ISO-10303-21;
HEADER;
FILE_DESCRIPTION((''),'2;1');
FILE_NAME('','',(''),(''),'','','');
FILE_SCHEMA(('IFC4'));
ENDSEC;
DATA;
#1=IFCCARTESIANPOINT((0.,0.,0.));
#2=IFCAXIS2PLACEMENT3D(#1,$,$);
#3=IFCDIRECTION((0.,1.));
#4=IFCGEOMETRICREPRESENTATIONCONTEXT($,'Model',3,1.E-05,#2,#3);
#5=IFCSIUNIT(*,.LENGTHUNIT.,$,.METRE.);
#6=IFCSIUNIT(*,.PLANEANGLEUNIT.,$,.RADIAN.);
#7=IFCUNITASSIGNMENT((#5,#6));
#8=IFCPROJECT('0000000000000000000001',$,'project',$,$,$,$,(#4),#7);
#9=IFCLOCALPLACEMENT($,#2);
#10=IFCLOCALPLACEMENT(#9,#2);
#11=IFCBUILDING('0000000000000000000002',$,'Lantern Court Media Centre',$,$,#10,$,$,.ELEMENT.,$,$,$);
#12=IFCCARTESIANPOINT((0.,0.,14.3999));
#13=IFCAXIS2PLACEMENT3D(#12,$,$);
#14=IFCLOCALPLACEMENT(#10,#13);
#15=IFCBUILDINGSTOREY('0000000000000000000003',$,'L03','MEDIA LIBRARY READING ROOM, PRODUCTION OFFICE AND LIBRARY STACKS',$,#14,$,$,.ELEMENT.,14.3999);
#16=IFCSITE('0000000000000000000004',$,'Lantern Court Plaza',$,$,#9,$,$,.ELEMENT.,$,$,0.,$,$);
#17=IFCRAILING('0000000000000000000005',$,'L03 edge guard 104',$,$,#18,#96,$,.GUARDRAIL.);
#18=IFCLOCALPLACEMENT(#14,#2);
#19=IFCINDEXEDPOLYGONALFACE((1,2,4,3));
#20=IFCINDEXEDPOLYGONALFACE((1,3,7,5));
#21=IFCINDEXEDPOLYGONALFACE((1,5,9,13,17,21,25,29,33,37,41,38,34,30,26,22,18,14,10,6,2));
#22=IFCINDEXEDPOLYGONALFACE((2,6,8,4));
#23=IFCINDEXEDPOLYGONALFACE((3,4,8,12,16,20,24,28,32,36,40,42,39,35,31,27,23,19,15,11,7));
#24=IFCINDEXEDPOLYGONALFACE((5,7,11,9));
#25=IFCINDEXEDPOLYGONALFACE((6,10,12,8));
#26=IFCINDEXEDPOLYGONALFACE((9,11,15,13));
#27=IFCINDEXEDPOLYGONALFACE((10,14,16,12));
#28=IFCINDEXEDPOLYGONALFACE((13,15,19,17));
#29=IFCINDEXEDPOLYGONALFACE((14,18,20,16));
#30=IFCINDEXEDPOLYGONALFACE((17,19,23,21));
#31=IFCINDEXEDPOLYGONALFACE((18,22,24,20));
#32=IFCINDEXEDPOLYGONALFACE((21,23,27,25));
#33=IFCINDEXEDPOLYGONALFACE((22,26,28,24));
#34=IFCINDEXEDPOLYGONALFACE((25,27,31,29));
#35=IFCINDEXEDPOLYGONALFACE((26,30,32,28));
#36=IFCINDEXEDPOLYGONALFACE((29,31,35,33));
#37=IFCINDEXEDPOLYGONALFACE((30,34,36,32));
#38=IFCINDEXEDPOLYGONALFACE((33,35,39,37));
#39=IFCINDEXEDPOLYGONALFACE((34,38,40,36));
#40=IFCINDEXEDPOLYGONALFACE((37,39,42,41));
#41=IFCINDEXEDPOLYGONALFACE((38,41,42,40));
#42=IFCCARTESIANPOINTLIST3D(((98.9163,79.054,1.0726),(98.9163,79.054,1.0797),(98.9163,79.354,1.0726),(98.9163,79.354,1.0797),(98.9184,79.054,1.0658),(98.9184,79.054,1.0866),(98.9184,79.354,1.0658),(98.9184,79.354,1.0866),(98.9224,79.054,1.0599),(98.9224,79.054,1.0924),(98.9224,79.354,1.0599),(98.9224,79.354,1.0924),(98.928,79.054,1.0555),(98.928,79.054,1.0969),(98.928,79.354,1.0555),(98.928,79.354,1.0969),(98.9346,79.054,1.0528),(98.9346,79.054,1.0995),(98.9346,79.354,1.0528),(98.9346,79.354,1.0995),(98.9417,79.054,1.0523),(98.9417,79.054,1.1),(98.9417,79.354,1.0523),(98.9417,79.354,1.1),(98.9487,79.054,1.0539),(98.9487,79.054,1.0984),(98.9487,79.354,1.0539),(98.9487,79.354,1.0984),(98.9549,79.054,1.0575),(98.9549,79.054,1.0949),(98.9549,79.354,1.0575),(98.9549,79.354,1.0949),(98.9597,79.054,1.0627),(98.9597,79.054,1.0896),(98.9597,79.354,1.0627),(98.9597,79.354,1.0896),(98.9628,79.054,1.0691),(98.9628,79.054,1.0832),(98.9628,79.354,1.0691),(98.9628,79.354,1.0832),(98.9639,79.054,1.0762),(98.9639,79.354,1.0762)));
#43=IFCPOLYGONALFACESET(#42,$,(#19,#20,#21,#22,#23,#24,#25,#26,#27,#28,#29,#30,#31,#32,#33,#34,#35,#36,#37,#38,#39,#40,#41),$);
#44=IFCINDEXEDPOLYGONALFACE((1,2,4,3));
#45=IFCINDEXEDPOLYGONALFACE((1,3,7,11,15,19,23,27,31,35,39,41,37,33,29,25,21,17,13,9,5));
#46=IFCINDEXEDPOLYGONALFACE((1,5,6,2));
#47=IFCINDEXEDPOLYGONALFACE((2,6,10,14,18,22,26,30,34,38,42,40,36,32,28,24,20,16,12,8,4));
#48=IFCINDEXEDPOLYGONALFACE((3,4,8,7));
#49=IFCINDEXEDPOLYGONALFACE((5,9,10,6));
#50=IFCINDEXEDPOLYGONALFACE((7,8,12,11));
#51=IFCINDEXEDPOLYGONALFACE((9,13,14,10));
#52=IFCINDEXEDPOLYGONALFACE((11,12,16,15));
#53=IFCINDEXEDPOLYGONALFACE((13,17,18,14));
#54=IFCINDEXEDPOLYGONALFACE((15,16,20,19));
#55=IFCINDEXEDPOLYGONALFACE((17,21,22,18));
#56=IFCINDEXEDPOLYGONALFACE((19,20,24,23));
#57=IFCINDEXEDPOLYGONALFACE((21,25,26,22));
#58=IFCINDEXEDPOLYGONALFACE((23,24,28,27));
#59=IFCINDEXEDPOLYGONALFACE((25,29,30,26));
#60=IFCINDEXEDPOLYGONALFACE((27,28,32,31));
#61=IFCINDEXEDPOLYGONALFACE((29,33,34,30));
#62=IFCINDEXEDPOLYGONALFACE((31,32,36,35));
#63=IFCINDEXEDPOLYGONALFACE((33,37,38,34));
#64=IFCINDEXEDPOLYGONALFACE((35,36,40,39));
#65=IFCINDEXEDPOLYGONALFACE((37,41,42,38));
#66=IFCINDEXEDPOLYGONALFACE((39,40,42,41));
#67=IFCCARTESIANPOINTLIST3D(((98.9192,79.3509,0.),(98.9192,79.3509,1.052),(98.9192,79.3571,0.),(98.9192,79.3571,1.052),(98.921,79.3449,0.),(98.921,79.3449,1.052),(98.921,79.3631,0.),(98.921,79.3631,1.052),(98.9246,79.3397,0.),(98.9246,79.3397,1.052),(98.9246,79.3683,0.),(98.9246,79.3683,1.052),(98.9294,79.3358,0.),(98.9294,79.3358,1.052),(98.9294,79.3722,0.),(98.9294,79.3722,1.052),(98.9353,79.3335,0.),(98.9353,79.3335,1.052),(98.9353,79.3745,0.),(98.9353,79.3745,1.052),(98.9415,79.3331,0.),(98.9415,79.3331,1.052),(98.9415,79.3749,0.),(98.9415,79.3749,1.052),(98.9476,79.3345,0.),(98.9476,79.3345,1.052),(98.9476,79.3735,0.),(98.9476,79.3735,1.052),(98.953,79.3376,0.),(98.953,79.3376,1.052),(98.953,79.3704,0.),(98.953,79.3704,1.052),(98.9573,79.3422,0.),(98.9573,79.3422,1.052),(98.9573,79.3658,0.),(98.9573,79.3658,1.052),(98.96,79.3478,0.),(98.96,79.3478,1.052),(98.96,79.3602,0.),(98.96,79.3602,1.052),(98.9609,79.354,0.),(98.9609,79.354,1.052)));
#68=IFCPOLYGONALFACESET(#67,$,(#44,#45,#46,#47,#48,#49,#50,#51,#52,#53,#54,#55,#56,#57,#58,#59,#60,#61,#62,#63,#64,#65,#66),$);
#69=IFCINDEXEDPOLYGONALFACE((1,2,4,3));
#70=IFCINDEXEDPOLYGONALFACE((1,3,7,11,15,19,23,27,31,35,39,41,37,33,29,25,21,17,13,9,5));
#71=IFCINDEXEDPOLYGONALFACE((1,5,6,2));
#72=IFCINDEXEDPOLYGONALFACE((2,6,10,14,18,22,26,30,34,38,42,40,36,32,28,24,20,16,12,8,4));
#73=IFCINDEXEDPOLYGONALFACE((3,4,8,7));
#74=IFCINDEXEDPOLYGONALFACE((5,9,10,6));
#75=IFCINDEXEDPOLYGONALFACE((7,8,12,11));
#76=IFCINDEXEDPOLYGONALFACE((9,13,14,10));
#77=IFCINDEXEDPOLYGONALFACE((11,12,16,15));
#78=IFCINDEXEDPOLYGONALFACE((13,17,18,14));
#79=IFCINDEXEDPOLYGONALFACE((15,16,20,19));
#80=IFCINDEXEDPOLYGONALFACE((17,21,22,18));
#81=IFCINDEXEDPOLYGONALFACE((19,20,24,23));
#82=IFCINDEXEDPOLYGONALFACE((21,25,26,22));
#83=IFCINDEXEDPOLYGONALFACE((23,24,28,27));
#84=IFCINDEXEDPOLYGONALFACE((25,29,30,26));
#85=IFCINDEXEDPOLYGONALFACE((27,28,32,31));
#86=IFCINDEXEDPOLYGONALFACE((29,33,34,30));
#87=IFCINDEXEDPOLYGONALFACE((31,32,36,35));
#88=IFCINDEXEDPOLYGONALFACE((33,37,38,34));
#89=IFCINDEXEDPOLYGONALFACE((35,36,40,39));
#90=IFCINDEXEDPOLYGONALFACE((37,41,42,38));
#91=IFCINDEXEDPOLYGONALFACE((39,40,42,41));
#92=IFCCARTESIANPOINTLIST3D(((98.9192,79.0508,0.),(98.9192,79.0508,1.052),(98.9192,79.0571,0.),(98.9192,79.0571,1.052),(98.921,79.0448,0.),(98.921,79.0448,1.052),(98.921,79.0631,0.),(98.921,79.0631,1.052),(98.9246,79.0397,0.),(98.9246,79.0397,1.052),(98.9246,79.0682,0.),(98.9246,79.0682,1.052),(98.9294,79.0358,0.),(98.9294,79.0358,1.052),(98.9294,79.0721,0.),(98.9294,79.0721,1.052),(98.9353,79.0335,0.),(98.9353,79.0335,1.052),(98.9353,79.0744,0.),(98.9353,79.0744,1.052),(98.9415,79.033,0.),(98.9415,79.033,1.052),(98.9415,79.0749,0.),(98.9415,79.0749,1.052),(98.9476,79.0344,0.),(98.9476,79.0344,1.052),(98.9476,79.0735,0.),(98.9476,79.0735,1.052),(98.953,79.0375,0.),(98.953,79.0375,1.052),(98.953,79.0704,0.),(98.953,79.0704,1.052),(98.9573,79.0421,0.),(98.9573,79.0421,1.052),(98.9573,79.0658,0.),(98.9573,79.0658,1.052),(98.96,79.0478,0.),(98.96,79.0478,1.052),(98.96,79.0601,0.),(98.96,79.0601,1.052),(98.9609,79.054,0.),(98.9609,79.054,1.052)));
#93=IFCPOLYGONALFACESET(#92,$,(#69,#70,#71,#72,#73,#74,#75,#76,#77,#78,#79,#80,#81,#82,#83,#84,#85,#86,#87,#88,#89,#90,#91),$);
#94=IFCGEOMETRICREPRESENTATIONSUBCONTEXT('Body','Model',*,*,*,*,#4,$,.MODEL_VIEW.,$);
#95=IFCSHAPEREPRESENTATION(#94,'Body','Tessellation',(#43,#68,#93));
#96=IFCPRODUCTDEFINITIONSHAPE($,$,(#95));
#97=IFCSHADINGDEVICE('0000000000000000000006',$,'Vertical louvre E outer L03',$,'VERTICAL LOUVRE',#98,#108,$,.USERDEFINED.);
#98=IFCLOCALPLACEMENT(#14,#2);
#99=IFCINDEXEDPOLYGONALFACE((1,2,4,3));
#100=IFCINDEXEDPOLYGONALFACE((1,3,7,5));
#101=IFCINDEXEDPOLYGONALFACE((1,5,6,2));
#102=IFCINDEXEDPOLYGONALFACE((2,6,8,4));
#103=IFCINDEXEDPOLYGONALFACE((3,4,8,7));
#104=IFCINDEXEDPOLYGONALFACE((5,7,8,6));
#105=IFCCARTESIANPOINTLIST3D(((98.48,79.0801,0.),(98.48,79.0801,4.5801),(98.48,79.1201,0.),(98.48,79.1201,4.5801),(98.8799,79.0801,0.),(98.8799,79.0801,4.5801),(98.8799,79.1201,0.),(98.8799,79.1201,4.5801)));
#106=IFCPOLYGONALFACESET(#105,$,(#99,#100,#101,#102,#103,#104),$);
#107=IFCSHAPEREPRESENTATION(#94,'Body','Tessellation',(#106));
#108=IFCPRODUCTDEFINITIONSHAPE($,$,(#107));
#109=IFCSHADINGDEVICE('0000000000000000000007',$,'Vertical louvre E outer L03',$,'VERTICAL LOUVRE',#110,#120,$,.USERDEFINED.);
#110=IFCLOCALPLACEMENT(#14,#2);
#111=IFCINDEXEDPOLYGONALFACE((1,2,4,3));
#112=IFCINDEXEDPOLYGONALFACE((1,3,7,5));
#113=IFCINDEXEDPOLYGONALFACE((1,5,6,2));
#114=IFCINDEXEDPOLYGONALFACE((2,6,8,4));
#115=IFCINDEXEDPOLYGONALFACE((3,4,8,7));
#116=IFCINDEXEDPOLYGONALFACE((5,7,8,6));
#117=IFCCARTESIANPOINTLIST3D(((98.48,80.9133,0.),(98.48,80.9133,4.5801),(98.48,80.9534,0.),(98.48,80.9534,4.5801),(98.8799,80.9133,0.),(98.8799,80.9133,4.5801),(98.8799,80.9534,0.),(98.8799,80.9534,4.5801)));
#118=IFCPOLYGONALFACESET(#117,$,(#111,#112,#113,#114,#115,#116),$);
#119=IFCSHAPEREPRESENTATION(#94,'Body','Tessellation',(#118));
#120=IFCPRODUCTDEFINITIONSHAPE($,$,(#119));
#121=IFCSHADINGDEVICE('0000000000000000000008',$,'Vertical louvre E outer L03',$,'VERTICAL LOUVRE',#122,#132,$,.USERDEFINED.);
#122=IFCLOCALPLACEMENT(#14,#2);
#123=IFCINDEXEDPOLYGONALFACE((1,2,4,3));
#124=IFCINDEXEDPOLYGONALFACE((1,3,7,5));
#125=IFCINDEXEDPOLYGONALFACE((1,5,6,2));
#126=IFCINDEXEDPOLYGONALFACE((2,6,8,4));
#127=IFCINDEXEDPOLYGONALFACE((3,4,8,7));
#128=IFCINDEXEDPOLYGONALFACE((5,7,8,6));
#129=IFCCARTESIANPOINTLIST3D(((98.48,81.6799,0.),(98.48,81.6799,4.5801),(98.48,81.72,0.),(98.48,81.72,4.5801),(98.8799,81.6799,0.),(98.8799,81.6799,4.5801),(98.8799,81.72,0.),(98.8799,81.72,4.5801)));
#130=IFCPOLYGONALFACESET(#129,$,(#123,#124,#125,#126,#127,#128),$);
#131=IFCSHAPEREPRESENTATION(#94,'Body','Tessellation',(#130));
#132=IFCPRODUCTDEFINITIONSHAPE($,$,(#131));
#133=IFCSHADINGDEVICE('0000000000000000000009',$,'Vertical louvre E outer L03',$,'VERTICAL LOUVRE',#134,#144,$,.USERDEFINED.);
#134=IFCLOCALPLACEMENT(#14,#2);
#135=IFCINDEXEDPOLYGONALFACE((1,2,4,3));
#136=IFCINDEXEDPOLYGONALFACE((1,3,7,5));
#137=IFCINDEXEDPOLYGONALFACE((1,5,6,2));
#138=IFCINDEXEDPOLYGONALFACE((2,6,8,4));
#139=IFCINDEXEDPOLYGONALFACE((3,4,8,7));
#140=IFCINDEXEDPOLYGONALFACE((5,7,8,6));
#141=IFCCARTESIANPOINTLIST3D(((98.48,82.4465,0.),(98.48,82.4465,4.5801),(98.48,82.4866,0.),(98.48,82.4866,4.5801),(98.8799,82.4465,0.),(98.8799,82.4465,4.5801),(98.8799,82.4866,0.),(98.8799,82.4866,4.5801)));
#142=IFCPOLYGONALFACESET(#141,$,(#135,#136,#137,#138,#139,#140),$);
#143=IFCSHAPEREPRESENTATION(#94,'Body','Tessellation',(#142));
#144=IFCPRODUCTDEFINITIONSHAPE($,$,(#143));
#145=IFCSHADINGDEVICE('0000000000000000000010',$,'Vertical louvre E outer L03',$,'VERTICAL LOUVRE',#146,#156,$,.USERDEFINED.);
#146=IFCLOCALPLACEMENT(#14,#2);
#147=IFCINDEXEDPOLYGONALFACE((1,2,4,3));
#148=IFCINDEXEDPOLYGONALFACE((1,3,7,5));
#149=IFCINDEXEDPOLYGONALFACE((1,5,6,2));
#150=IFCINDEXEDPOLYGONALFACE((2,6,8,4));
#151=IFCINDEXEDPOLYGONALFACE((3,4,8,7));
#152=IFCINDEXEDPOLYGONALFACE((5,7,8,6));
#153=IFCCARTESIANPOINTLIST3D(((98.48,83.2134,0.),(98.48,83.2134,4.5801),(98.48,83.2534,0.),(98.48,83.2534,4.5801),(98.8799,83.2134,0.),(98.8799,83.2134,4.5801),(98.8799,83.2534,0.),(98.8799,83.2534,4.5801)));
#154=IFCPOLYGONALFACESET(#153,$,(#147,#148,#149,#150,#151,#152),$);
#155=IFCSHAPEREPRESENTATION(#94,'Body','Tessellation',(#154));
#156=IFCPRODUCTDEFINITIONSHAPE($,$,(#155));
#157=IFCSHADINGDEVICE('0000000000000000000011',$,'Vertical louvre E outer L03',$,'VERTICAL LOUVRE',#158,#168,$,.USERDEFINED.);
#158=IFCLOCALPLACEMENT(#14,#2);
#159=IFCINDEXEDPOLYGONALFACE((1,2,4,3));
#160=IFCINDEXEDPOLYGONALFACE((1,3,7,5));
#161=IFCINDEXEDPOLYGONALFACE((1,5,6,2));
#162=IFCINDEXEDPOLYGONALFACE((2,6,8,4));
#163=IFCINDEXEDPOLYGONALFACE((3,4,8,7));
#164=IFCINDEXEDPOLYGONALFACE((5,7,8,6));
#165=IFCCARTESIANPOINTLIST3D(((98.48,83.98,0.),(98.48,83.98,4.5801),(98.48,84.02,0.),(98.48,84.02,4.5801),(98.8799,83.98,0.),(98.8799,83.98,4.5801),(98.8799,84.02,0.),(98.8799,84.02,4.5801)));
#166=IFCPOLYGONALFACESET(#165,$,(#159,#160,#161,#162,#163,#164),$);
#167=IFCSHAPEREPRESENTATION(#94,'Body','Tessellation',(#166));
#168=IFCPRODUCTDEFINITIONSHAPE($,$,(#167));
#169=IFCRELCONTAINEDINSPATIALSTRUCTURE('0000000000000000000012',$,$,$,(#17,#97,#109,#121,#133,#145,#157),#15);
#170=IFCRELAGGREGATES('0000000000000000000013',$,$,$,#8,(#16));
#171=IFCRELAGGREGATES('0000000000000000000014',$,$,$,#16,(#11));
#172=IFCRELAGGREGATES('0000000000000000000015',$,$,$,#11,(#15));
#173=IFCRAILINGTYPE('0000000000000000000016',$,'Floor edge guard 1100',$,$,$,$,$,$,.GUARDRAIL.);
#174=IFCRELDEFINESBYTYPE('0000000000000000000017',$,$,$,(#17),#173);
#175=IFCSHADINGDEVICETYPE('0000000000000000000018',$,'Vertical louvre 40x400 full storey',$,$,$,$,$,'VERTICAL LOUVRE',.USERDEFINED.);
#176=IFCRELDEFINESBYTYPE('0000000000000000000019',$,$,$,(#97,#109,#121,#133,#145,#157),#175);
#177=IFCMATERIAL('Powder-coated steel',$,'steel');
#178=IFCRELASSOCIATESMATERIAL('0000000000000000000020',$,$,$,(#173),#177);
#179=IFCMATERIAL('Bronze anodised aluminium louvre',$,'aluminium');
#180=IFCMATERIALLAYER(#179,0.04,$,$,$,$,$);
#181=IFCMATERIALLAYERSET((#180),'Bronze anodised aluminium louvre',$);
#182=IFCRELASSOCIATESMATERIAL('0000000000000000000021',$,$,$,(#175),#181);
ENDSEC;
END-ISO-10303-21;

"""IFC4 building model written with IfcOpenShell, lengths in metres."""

from ifc_helpers import new_model, si_unit, direction, frame, origin, origin_2d, place, context, subcontext, project, spatial, rectangle, circle, extrude, material, layer, layer_set, type_object, element, save


model = new_model("IFC4")

# Units and contexts
model_context = context("Model", 3, precision=1e-05, world=origin(), true_north=direction((0.0, 1.0)))
body_context = subcontext(model_context, "Body", "Model", "MODEL_VIEW")
ifc_project = project(units=[si_unit("LENGTHUNIT", "METRE"), si_unit("PLANEANGLEUNIT", "RADIAN")], contexts=[model_context])

# Site, building, storey
site_placement = place(None, origin())
site = spatial("IfcSite", under=ifc_project, at=site_placement, Name="Lantern Court Plaza", CompositionType="ELEMENT", RefElevation=0.0)
building_placement = place(site_placement, origin())
building = spatial("IfcBuilding", under=site, at=building_placement, Name="Lantern Court Media Centre", CompositionType="ELEMENT")
storey_placement = place(building_placement, frame((0.0, 0.0, 14.3999)))
storey = spatial("IfcBuildingStorey", under=building, at=storey_placement, Name="L03", Description="MEDIA LIBRARY READING ROOM, PRODUCTION OFFICE AND LIBRARY STACKS", CompositionType="ELEMENT", Elevation=14.3999)

# Railing
ifc_material_1 = material(Name="Powder-coated steel", Category="steel")
railing_type = type_object("IfcRailingType", Name="Floor edge guard 1100", PredefinedType="GUARDRAIL", material=ifc_material_1)
railing_1_placement = place(storey_placement, frame((98.9399, 79.354, 0.0)))
element("IfcRailing", 1, at=railing_1_placement, inside=storey, type_object=railing_type, Name="L03 edge guard 104", PredefinedType="GUARDRAIL", context=body_context, shape_type="SweptSolid", body=[
    extrude(circle(Radius=0.0239, at=origin_2d()), frame((0.0, 0.0, 1.0762), z_axis=(0.0, -1.0, 0.0), x_axis=(1.0, 0.0, 0.0)), (0.0, 0.0, 1.0), 0.3),
    extrude(circle(Radius=0.021, at=origin_2d()), origin(), (0.0, 0.0, 1.0), 1.052),
    extrude(circle(Radius=0.021, at=origin_2d()), frame((0.0, -0.3, 0.0)), (0.0, 0.0, 1.0), 1.052),
])

# Shading devices
ifc_material_2 = material(Name="Bronze anodised aluminium louvre", Category="aluminium")
ifc_layer_1 = layer(ifc_material_2, 0.04)
ifc_layer_set_1 = layer_set([ifc_layer_1], Name="Bronze anodised aluminium louvre")
shading_device_type = type_object("IfcShadingDeviceType", Name="Vertical louvre 40x400 full storey", ElementType="VERTICAL LOUVRE", PredefinedType="USERDEFINED", material=ifc_layer_set_1)
for number, where, z_axis, x_axis, name in (
    (2, (98.6799, 79.1001, 0.0), (0.0, 0.0, 1.0), (1.0, 0.0, 0.0), "Vertical louvre E outer L03"),
    (3, (98.6799, 80.9333, 0.0), (0.0, 0.0, 1.0), (1.0, 0.0, 0.0), "Vertical louvre E outer L03"),
    (4, (98.6799, 81.7, 0.0), (0.0, 0.0, 1.0), (1.0, 0.0, 0.0), "Vertical louvre E outer L03"),
    (5, (98.6799, 82.4666, 0.0), (0.0, 0.0, 1.0), (1.0, 0.0, 0.0), "Vertical louvre E outer L03"),
    (6, (98.6799, 83.2334, 0.0), (0.0, 0.0, 1.0), (1.0, 0.0, 0.0), "Vertical louvre E outer L03"),
    (7, (98.6799, 84.0, 0.0), (0.0, 0.0, 1.0), (1.0, 0.0, 0.0), "Vertical louvre E outer L03"),
):
    element("IfcShadingDevice", number, at=place(storey_placement, frame(where, z_axis=z_axis, x_axis=x_axis)), inside=storey, type_object=shading_device_type, Name=name, ObjectType="VERTICAL LOUVRE", PredefinedType="USERDEFINED", context=body_context, shape_type="SweptSolid", body=[
        extrude(rectangle(XDim=0.3999, YDim=0.04, at=origin_2d()), origin(), (0.0, 0.0, 1.0), 4.5801),
    ])

save(model, "model.ifc")
